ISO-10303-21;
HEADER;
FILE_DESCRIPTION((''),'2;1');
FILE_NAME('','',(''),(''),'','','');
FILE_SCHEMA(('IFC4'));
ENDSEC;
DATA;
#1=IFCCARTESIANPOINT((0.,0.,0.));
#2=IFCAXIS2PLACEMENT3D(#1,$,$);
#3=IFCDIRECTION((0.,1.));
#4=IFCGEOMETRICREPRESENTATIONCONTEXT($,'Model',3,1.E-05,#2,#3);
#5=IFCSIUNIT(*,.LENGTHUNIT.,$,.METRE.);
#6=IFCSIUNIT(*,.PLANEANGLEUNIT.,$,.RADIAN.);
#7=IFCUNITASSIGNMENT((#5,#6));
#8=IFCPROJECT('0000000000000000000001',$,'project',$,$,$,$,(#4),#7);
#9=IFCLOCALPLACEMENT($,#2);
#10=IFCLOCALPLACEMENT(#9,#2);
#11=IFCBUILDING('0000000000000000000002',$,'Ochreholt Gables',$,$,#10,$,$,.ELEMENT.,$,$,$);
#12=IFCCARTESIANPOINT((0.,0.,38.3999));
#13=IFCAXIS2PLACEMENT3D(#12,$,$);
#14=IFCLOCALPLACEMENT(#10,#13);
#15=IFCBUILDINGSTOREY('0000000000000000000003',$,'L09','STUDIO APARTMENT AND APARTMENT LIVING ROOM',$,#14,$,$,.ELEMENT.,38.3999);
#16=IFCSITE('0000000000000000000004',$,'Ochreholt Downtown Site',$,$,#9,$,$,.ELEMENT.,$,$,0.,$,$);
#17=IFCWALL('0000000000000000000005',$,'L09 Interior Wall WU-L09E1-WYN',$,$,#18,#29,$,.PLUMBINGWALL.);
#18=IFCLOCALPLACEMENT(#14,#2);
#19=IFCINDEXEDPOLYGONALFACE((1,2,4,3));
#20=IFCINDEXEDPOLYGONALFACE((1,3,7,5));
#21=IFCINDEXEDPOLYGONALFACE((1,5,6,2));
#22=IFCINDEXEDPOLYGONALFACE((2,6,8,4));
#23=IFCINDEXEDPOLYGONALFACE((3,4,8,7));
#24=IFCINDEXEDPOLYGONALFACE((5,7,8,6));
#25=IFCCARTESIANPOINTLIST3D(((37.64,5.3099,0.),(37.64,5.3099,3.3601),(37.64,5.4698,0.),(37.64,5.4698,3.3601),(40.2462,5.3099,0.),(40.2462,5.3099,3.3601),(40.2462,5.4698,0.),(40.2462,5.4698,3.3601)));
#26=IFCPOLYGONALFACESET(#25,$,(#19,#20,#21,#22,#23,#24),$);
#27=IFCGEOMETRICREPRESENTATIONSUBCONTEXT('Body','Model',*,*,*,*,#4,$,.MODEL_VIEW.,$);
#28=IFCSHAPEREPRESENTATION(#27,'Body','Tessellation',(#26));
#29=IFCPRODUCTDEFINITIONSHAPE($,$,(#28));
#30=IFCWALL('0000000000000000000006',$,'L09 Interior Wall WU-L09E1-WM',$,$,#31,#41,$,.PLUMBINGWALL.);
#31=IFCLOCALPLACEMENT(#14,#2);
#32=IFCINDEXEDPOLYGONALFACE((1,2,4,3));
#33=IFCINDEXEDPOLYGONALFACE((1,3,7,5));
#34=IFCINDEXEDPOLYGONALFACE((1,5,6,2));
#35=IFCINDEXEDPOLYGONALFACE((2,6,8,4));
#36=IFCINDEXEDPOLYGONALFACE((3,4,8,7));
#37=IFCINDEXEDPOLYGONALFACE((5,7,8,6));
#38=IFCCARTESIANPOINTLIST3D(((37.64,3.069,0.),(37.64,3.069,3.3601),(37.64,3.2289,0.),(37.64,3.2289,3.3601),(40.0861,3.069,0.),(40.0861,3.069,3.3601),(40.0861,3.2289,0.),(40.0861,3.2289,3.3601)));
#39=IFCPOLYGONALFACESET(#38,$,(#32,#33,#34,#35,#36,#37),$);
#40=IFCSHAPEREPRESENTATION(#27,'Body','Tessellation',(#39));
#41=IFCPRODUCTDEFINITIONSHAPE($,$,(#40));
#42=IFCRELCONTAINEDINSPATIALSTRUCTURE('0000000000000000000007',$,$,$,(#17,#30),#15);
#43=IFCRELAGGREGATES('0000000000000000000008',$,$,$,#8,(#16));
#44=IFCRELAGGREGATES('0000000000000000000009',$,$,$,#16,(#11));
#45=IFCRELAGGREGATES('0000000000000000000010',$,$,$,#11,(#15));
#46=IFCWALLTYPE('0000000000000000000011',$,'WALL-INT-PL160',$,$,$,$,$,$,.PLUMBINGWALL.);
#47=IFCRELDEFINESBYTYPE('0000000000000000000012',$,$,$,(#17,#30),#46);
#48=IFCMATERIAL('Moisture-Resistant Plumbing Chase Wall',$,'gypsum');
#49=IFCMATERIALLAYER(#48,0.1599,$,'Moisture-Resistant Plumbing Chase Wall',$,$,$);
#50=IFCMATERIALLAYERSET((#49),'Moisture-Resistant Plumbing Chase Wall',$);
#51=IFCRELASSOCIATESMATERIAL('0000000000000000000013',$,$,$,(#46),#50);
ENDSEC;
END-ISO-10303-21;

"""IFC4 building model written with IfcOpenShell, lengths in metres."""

from ifc_helpers import new_model, si_unit, direction, frame, frame_2d, origin, place, context, subcontext, project, spatial, rectangle, extrude, material, layer, layer_set, type_object, element, save


model = new_model("IFC4")

# Units and contexts
model_context = context("Model", 3, precision=1e-05, world=origin(), true_north=direction((0.0, 1.0)))
body_context = subcontext(model_context, "Body", "Model", "MODEL_VIEW")
ifc_project = project(units=[si_unit("LENGTHUNIT", "METRE"), si_unit("PLANEANGLEUNIT", "RADIAN")], contexts=[model_context])

# Site, building, storey
site_placement = place(None, origin())
site = spatial("IfcSite", under=ifc_project, at=site_placement, Name="Ochreholt Downtown Site", CompositionType="ELEMENT", RefElevation=0.0)
building_placement = place(site_placement, origin())
building = spatial("IfcBuilding", under=site, at=building_placement, Name="Ochreholt Gables", CompositionType="ELEMENT")
storey_placement = place(building_placement, frame((0.0, 0.0, 38.3999)))
storey = spatial("IfcBuildingStorey", under=building, at=storey_placement, Name="L09", Description="STUDIO APARTMENT AND APARTMENT LIVING ROOM", CompositionType="ELEMENT", Elevation=38.3999)

# Wall
ifc_material_1 = material(Name="Moisture-Resistant Plumbing Chase Wall", Category="gypsum")
ifc_layer_1 = layer(ifc_material_1, 0.1599, Name="Moisture-Resistant Plumbing Chase Wall")
ifc_layer_set_1 = layer_set([ifc_layer_1], Name="Moisture-Resistant Plumbing Chase Wall")
wall_type_1 = type_object("IfcWallType", Name="WALL-INT-PL160", PredefinedType="PLUMBINGWALL", material=ifc_layer_set_1)
wall_1_placement = place(storey_placement, frame((37.6399, 5.3899, 0.0), z_axis=(0.0, 0.0, 1.0), x_axis=(1.0, 0.0, 0.0)))
element("IfcWall", 1, at=wall_1_placement, inside=storey, type_object=wall_type_1, Name="L09 Interior Wall WU-L09E1-WYN", PredefinedType="PLUMBINGWALL", context=body_context, shape_type="SweptSolid", body=[
    extrude(rectangle(XDim=2.6062, YDim=0.1599, at=frame_2d((1.3032, 0.0))), origin(), (0.0, 0.0, 1.0), 3.3601),
])

# Wall
wall_2_placement = place(storey_placement, frame((37.6399, 3.1489, 0.0), z_axis=(0.0, 0.0, 1.0), x_axis=(1.0, 0.0, 0.0)))
element("IfcWall", 2, at=wall_2_placement, inside=storey, type_object=wall_type_1, Name="L09 Interior Wall WU-L09E1-WM", PredefinedType="PLUMBINGWALL", context=body_context, shape_type="SweptSolid", body=[
    extrude(rectangle(XDim=2.446, YDim=0.1599, at=frame_2d((1.2231, 0.0))), origin(), (0.0, 0.0, 1.0), 3.3601),
])

save(model, "model.ifc")
